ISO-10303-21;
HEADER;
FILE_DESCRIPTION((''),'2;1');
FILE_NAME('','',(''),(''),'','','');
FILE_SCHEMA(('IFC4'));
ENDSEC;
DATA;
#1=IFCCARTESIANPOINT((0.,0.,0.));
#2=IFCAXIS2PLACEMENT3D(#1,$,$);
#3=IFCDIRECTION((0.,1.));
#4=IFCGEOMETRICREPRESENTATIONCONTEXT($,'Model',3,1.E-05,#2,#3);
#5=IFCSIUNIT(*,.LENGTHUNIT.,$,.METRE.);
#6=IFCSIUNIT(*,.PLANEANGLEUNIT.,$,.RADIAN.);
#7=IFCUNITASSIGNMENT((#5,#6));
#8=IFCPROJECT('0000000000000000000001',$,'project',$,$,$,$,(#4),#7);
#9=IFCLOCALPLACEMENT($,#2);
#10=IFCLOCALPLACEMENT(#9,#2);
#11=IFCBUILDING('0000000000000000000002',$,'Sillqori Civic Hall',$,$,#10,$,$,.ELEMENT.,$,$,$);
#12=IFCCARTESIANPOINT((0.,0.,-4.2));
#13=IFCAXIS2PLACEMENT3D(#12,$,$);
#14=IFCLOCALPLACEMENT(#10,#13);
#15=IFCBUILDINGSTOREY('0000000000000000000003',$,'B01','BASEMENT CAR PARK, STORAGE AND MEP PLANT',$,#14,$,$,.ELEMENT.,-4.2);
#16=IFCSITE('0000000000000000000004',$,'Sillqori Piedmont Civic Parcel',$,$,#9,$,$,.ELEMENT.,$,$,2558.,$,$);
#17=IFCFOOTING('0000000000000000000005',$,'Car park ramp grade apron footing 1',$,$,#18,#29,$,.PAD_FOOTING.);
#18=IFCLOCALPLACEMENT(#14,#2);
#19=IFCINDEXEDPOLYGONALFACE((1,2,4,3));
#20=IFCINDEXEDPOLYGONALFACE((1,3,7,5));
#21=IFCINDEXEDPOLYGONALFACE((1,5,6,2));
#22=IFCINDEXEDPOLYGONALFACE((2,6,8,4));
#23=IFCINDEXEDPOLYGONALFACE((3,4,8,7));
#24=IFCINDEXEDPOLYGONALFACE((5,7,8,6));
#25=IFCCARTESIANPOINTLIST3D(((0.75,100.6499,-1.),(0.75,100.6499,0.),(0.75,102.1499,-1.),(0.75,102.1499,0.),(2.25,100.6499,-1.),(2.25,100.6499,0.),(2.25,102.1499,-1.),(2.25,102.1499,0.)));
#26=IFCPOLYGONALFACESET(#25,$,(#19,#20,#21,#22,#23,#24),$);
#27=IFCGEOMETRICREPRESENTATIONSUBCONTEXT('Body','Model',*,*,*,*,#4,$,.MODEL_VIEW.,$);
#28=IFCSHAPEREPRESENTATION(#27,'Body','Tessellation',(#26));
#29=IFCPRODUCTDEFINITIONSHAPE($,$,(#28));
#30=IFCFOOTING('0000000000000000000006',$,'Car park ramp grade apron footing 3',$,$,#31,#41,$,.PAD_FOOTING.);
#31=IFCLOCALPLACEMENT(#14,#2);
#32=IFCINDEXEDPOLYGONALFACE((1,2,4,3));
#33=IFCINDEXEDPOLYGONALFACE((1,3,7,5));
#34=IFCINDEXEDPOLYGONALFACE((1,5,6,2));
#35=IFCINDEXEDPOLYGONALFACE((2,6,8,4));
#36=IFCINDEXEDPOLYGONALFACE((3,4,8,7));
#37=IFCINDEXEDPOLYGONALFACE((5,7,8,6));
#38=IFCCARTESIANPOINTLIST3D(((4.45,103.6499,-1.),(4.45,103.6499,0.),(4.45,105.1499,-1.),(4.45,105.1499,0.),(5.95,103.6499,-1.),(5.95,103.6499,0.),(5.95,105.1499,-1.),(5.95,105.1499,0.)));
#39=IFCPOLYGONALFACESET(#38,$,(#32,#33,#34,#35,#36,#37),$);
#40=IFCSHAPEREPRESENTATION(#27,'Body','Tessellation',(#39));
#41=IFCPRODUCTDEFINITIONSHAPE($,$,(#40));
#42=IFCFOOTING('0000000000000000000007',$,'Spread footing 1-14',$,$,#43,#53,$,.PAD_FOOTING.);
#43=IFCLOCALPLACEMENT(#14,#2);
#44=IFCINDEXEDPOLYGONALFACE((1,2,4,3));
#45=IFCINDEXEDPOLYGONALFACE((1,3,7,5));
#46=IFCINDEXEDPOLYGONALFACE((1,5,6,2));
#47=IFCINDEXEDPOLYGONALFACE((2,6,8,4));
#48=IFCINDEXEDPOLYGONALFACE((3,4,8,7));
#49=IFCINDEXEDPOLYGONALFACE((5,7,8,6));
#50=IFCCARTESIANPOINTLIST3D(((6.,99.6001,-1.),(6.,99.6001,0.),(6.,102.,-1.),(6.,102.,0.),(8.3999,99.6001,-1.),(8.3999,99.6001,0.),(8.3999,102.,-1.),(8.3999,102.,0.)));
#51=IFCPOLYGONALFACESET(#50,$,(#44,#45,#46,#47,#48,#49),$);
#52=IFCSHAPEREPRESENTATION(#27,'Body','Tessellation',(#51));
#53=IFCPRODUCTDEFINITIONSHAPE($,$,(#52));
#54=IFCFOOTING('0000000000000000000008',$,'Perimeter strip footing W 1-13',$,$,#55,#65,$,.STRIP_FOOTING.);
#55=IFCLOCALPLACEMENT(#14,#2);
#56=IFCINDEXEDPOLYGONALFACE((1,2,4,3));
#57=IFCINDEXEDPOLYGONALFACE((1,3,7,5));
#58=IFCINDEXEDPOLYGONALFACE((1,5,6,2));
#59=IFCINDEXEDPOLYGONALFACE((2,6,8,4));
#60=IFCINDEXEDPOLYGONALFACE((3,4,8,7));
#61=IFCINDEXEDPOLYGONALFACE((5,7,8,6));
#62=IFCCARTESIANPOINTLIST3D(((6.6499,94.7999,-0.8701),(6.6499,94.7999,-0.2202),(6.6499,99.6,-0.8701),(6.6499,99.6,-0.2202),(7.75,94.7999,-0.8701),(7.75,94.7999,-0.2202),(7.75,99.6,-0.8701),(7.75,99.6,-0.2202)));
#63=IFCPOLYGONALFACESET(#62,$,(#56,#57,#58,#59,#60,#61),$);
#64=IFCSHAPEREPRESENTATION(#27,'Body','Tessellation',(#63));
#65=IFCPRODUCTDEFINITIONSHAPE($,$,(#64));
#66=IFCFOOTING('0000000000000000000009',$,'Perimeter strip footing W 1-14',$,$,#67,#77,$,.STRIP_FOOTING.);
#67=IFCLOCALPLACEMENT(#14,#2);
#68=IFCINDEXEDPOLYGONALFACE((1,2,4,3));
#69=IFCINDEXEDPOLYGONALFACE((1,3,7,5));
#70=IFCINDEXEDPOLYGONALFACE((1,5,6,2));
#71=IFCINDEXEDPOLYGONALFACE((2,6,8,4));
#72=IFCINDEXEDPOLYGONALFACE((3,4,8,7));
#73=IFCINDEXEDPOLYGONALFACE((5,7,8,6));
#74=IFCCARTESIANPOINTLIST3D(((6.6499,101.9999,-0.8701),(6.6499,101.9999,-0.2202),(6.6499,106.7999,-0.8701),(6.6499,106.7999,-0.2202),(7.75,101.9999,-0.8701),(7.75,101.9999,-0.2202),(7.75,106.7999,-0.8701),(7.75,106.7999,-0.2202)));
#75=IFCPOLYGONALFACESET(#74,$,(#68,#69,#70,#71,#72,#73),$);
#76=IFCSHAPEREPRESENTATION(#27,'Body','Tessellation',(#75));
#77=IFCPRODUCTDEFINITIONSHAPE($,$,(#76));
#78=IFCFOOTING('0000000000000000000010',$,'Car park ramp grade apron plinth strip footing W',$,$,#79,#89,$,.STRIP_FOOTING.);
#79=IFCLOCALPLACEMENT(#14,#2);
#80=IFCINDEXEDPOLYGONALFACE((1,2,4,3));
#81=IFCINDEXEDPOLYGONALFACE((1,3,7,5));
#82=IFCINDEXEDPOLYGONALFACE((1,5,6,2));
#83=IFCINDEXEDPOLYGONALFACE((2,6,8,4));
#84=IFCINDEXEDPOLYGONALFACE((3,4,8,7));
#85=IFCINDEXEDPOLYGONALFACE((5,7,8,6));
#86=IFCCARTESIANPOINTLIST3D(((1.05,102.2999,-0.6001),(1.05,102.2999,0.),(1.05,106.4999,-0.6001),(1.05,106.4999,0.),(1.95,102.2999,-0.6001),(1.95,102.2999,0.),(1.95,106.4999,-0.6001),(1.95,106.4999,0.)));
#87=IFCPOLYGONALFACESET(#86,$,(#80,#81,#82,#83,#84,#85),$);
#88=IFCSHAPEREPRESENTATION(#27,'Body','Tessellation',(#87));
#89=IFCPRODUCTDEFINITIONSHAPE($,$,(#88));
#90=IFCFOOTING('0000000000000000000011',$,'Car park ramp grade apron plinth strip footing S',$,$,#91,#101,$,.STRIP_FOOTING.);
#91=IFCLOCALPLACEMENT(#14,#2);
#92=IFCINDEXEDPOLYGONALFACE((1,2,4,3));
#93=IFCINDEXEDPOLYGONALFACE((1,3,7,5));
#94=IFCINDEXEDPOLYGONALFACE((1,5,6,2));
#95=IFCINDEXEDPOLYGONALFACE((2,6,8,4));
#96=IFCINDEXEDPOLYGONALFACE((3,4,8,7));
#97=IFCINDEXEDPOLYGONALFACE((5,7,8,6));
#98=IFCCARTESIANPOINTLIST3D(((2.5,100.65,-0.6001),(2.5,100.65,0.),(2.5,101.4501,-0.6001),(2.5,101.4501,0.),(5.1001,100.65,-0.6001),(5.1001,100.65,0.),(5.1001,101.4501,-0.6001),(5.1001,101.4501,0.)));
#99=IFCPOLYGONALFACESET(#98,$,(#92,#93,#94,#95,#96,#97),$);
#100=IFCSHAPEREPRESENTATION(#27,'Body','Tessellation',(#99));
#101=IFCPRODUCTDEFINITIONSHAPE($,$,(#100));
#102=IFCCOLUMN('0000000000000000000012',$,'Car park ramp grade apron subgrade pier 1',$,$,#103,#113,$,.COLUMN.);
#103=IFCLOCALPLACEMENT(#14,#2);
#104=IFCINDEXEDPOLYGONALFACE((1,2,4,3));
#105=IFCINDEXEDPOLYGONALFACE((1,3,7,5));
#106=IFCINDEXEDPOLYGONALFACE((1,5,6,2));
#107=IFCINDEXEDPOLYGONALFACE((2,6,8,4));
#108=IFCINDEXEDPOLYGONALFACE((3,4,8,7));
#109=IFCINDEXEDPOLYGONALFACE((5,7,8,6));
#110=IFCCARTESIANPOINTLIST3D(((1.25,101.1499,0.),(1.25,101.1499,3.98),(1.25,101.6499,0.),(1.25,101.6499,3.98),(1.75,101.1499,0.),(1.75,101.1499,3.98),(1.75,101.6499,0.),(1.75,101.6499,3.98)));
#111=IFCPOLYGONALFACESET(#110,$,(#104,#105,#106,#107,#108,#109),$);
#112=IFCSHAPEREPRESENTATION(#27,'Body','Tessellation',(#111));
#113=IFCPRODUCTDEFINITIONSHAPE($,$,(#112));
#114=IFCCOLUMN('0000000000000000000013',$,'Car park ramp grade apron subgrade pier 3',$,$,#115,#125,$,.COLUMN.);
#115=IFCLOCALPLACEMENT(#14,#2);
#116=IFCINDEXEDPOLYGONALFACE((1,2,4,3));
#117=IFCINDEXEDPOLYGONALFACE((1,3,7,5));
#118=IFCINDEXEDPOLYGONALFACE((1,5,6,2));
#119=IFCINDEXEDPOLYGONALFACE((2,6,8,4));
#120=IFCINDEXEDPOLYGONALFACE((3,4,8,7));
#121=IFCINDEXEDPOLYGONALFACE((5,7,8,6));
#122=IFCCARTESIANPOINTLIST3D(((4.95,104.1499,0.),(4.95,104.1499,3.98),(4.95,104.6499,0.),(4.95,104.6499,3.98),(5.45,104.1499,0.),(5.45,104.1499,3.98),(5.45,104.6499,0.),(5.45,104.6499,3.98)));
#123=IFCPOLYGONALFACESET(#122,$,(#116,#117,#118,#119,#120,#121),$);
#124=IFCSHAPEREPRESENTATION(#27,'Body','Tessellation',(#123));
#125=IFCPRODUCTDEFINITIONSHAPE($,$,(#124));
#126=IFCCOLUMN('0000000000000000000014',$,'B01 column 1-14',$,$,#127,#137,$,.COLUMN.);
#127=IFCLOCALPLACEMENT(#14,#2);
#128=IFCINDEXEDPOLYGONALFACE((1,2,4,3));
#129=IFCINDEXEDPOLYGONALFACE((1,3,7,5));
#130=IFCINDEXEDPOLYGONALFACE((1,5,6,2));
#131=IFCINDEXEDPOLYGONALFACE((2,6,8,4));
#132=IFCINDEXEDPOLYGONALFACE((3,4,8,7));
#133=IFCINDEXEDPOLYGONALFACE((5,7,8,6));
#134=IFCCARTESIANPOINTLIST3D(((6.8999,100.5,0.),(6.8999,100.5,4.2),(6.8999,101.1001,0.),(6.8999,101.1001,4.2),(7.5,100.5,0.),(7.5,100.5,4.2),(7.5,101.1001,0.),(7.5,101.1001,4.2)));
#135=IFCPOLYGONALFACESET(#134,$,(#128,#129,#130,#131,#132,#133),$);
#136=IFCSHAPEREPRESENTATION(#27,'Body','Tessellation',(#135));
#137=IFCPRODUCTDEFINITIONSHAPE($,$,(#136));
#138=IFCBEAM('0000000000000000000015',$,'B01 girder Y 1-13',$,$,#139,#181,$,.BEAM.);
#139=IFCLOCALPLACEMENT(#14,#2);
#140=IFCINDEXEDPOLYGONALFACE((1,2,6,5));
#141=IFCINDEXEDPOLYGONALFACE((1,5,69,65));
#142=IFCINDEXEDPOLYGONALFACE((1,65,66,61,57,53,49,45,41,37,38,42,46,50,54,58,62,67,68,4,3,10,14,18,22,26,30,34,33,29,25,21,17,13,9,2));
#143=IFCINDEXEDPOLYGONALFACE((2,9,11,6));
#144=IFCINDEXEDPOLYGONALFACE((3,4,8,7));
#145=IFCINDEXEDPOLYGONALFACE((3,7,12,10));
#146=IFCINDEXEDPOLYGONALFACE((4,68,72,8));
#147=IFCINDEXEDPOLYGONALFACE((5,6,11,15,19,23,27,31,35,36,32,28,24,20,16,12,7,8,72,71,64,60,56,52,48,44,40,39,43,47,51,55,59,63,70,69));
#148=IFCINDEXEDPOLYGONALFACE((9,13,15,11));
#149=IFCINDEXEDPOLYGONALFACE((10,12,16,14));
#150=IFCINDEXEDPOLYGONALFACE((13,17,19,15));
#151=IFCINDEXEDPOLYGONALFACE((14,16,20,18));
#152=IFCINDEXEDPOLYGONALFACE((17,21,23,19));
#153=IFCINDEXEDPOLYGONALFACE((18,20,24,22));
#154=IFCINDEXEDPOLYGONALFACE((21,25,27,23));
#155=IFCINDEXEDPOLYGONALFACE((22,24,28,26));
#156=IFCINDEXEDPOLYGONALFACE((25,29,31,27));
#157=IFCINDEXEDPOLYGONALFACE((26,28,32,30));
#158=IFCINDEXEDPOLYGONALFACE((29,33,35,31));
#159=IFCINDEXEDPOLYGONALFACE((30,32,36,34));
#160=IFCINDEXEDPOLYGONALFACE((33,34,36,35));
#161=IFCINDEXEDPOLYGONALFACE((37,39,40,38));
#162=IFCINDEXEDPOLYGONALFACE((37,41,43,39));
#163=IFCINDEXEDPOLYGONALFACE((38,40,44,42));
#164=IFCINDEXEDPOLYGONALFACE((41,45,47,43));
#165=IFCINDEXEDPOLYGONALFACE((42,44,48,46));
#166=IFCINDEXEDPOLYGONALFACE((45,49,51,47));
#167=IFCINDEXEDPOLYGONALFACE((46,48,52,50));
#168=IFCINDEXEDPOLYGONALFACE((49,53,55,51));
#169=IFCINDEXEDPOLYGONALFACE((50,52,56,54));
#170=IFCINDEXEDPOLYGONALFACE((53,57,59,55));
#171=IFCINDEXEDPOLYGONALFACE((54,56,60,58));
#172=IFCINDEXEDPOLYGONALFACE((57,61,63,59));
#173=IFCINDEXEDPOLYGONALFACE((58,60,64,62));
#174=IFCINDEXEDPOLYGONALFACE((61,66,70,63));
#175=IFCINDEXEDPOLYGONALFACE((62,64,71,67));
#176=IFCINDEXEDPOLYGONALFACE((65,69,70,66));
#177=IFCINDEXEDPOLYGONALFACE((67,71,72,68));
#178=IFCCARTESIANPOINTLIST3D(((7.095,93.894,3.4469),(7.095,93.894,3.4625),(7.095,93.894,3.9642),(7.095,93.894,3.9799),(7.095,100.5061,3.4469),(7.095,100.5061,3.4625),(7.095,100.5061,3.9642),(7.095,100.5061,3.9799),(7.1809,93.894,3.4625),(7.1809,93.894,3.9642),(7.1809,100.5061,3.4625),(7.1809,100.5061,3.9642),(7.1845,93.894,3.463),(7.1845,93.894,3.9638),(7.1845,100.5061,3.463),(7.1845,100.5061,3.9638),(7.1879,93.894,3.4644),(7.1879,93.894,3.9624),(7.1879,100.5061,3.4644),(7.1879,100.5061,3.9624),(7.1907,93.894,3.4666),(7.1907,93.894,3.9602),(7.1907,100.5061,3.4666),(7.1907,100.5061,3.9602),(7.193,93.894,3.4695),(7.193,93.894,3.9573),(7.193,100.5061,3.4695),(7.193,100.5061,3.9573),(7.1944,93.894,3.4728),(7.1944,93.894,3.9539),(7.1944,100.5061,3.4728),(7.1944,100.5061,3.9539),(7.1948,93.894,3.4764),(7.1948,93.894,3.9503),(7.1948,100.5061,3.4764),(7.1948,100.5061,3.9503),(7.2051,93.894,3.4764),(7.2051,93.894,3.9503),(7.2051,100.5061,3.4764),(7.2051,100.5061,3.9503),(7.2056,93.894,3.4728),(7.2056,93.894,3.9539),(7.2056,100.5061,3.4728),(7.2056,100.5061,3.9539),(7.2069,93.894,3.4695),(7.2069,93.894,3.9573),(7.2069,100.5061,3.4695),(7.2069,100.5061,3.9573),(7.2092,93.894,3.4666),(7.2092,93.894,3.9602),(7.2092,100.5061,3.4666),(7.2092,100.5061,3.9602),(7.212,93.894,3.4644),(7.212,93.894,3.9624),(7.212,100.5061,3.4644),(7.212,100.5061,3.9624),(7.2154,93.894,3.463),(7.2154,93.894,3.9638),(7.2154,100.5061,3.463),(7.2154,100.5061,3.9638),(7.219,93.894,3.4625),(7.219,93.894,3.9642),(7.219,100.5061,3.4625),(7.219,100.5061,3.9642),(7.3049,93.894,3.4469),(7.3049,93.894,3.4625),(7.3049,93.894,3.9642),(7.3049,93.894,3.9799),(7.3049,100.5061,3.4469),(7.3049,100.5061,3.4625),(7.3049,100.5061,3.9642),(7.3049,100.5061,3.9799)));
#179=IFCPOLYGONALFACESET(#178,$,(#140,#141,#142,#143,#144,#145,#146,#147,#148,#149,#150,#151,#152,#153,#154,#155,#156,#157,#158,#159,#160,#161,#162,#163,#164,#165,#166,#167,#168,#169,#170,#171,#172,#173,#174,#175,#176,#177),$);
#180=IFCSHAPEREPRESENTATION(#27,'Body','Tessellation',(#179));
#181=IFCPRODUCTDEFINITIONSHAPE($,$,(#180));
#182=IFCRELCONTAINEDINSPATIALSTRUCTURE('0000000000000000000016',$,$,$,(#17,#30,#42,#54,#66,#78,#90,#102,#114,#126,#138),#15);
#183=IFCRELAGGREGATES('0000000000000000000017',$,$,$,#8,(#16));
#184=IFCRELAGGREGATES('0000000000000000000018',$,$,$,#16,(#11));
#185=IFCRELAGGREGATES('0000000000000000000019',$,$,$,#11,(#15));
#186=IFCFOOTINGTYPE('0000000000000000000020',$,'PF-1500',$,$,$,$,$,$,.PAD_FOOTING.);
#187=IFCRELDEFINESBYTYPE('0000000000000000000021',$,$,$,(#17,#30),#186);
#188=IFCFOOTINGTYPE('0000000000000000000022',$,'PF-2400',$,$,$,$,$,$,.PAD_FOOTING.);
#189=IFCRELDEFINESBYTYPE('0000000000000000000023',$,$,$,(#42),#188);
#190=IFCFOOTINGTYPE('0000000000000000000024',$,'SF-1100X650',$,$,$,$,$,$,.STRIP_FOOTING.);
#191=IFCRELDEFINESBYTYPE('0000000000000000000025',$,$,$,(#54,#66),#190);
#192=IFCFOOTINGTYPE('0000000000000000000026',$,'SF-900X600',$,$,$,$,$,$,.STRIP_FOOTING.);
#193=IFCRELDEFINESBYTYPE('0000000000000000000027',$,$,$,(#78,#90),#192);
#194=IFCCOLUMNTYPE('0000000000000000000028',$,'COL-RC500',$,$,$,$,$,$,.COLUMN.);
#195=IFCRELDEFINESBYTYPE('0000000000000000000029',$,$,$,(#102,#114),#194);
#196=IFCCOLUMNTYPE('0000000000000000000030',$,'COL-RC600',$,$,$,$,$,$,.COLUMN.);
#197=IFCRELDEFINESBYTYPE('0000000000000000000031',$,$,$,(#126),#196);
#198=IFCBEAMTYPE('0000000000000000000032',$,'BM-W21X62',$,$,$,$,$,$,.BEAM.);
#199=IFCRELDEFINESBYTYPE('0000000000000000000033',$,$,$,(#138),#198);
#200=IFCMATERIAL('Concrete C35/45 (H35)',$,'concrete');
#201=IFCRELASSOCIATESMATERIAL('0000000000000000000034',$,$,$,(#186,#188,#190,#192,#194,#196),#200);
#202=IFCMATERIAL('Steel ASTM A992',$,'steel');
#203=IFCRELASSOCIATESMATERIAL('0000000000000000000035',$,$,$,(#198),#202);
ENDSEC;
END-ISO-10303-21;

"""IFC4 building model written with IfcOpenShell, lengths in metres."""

from ifc_helpers import new_model, si_unit, direction, frame, origin, origin_2d, place, context, subcontext, project, spatial, rectangle, i_section, extrude, material, material_profile, profile_set, type_object, element, save


model = new_model("IFC4")

# Units and contexts
model_context = context("Model", 3, precision=1e-05, world=origin(), true_north=direction((0.0, 1.0)))
body_context = subcontext(model_context, "Body", "Model", "MODEL_VIEW")
ifc_project = project(units=[si_unit("LENGTHUNIT", "METRE"), si_unit("PLANEANGLEUNIT", "RADIAN")], contexts=[model_context])

# Site, building, storey
site_placement = place(None, origin())
site = spatial("IfcSite", under=ifc_project, at=site_placement, Name="Sillqori Piedmont Civic Parcel", CompositionType="ELEMENT", RefElevation=2558.0)
building_placement = place(site_placement, origin())
building = spatial("IfcBuilding", under=site, at=building_placement, Name="Sillqori Civic Hall", CompositionType="ELEMENT")
storey_placement = place(building_placement, frame((0.0, 0.0, -4.2)))
storey = spatial("IfcBuildingStorey", under=building, at=storey_placement, Name="B01", Description="BASEMENT CAR PARK, STORAGE AND MEP PLANT", CompositionType="ELEMENT", Elevation=-4.2)

# Footings
ifc_material_1 = material(Name="Concrete C35/45 (H35)", Category="concrete")
footing_type_1 = type_object("IfcFootingType", Name="PF-1500", PredefinedType="PAD_FOOTING", material=ifc_material_1)
for number, where, z_axis, x_axis, name in (
    (1, (1.5, 101.3999, -1.0), (0.0, 0.0, 1.0), (1.0, 0.0, 0.0), "Car park ramp grade apron footing 1"),
    (2, (5.2, 104.3999, -1.0), (0.0, 0.0, 1.0), (1.0, 0.0, 0.0), "Car park ramp grade apron footing 3"),
):
    element("IfcFooting", number, at=place(storey_placement, frame(where, z_axis=z_axis, x_axis=x_axis)), inside=storey, type_object=footing_type_1, Name=name, PredefinedType="PAD_FOOTING", context=body_context, shape_type="SweptSolid", body=[
        extrude(rectangle(XDim=1.5, YDim=1.5, at=origin_2d()), origin(), (0.0, 0.0, 1.0), 1.0),
    ])
footing_type_2 = type_object("IfcFootingType", Name="PF-2400", PredefinedType="PAD_FOOTING", material=ifc_material_1)
footing_1_placement = place(storey_placement, frame((7.2, 100.8, -1.0), z_axis=(0.0, 0.0, 1.0), x_axis=(1.0, 0.0, 0.0)))
element("IfcFooting", 3, at=footing_1_placement, inside=storey, type_object=footing_type_2, Name="Spread footing 1-14", PredefinedType="PAD_FOOTING", context=body_context, shape_type="SweptSolid", body=[
    extrude(rectangle(XDim=2.3999, YDim=2.3999, at=origin_2d()), origin(), (0.0, 0.0, 1.0), 1.0),
])
footing_type_3 = type_object("IfcFootingType", Name="SF-1100X650", PredefinedType="STRIP_FOOTING", material=ifc_material_1)
for number, where, z_axis, x_axis, name in (
    (4, (7.2, 97.2, -0.8701), (0.0, 0.0, 1.0), (1.0, 0.0, 0.0), "Perimeter strip footing W 1-13"),
    (5, (7.2, 104.3999, -0.8701), (0.0, 0.0, 1.0), (1.0, 0.0, 0.0), "Perimeter strip footing W 1-14"),
):
    element("IfcFooting", number, at=place(storey_placement, frame(where, z_axis=z_axis, x_axis=x_axis)), inside=storey, type_object=footing_type_3, Name=name, PredefinedType="STRIP_FOOTING", context=body_context, shape_type="SweptSolid", body=[
        extrude(rectangle(XDim=1.1001, YDim=4.8, at=origin_2d()), origin(), (0.0, 0.0, 1.0), 0.6499),
    ])
footing_type_4 = type_object("IfcFootingType", Name="SF-900X600", PredefinedType="STRIP_FOOTING", material=ifc_material_1)
footing_2_placement = place(storey_placement, frame((1.5, 104.3999, -0.6001), z_axis=(0.0, 0.0, 1.0), x_axis=(1.0, 0.0, 0.0)))
element("IfcFooting", 6, at=footing_2_placement, inside=storey, type_object=footing_type_4, Name="Car park ramp grade apron plinth strip footing W", PredefinedType="STRIP_FOOTING", context=body_context, shape_type="SweptSolid", body=[
    extrude(rectangle(XDim=0.8999, YDim=4.2, at=origin_2d()), origin(), (0.0, 0.0, 1.0), 0.6001),
])
footing_3_placement = place(storey_placement, frame((3.8, 101.05, -0.6001), z_axis=(0.0, 0.0, 1.0), x_axis=(1.0, 0.0, 0.0)))
element("IfcFooting", 7, at=footing_3_placement, inside=storey, type_object=footing_type_4, Name="Car park ramp grade apron plinth strip footing S", PredefinedType="STRIP_FOOTING", context=body_context, shape_type="SweptSolid", body=[
    extrude(rectangle(XDim=2.6001, YDim=0.8, at=origin_2d()), origin(), (0.0, 0.0, 1.0), 0.6001),
])

# Columns
ifc_material_profile_1 = material_profile(ifc_material_1, rectangle(XDim=0.5, YDim=0.5, at=origin_2d()), Name="RC 500x500")
ifc_profile_set_1 = profile_set([ifc_material_profile_1], Name="Concrete C35/45 (H35)")
column_type_1 = type_object("IfcColumnType", Name="COL-RC500", PredefinedType="COLUMN", material=ifc_profile_set_1)
for number, where, z_axis, x_axis, name in (
    (8, (1.5, 101.3999, 0.0), (0.0, 0.0, 1.0), (1.0, 0.0, 0.0), "Car park ramp grade apron subgrade pier 1"),
    (9, (5.2, 104.3999, 0.0), (0.0, 0.0, 1.0), (1.0, 0.0, 0.0), "Car park ramp grade apron subgrade pier 3"),
):
    element("IfcColumn", number, at=place(storey_placement, frame(where, z_axis=z_axis, x_axis=x_axis)), inside=storey, type_object=column_type_1, Name=name, PredefinedType="COLUMN", context=body_context, shape_type="SweptSolid", body=[
        extrude(rectangle(XDim=0.5, YDim=0.5, at=origin_2d()), origin(), (0.0, 0.0, 1.0), 3.98),
    ])
ifc_material_profile_2 = material_profile(ifc_material_1, rectangle(XDim=0.6001, YDim=0.6001, at=origin_2d()), Name="RC 600x600")
ifc_profile_set_2 = profile_set([ifc_material_profile_2], Name="Concrete C35/45 (H35)")
column_type_2 = type_object("IfcColumnType", Name="COL-RC600", PredefinedType="COLUMN", material=ifc_profile_set_2)
column_placement = place(storey_placement, frame((7.2, 100.8, 0.0), z_axis=(0.0, 0.0, 1.0), x_axis=(1.0, 0.0, 0.0)))
element("IfcColumn", 10, at=column_placement, inside=storey, type_object=column_type_2, Name="B01 column 1-14", PredefinedType="COLUMN", context=body_context, shape_type="SweptSolid", body=[
    extrude(rectangle(XDim=0.6001, YDim=0.6001, at=origin_2d()), origin(), (0.0, 0.0, 1.0), 4.2),
])

# Beam
ifc_material_2 = material(Name="Steel ASTM A992", Category="steel")
ifc_material_profile_3 = material_profile(ifc_material_2, i_section(OverallWidth=0.21, OverallDepth=0.533, WebThickness=0.0103, FlangeThickness=0.0156, FilletRadius=0.0139, at=origin_2d()), Name="W21X62")
ifc_profile_set_3 = profile_set([ifc_material_profile_3], Name="Steel ASTM A992")
beam_type_1 = type_object("IfcBeamType", Name="BM-W21X62", PredefinedType="BEAM", material=ifc_profile_set_3)
for number, where, z_axis, x_axis, name in (
    (11, (7.2, 93.894, 3.7134), (0.0, 1.0, 0.0), (-1.0, 0.0, 0.0), "B01 girder Y 1-13"),
):
    element("IfcBeam", number, at=place(storey_placement, frame(where, z_axis=z_axis, x_axis=x_axis)), inside=storey, type_object=beam_type_1, Name=name, PredefinedType="BEAM", context=body_context, shape_type="SweptSolid", body=[
        extrude(i_section(OverallWidth=0.21, OverallDepth=0.533, WebThickness=0.0103, FlangeThickness=0.0156, FilletRadius=0.0139, at=origin_2d()), origin(), (0.0, 0.0, 1.0), 6.6121),
    ])

save(model, "model.ifc")
